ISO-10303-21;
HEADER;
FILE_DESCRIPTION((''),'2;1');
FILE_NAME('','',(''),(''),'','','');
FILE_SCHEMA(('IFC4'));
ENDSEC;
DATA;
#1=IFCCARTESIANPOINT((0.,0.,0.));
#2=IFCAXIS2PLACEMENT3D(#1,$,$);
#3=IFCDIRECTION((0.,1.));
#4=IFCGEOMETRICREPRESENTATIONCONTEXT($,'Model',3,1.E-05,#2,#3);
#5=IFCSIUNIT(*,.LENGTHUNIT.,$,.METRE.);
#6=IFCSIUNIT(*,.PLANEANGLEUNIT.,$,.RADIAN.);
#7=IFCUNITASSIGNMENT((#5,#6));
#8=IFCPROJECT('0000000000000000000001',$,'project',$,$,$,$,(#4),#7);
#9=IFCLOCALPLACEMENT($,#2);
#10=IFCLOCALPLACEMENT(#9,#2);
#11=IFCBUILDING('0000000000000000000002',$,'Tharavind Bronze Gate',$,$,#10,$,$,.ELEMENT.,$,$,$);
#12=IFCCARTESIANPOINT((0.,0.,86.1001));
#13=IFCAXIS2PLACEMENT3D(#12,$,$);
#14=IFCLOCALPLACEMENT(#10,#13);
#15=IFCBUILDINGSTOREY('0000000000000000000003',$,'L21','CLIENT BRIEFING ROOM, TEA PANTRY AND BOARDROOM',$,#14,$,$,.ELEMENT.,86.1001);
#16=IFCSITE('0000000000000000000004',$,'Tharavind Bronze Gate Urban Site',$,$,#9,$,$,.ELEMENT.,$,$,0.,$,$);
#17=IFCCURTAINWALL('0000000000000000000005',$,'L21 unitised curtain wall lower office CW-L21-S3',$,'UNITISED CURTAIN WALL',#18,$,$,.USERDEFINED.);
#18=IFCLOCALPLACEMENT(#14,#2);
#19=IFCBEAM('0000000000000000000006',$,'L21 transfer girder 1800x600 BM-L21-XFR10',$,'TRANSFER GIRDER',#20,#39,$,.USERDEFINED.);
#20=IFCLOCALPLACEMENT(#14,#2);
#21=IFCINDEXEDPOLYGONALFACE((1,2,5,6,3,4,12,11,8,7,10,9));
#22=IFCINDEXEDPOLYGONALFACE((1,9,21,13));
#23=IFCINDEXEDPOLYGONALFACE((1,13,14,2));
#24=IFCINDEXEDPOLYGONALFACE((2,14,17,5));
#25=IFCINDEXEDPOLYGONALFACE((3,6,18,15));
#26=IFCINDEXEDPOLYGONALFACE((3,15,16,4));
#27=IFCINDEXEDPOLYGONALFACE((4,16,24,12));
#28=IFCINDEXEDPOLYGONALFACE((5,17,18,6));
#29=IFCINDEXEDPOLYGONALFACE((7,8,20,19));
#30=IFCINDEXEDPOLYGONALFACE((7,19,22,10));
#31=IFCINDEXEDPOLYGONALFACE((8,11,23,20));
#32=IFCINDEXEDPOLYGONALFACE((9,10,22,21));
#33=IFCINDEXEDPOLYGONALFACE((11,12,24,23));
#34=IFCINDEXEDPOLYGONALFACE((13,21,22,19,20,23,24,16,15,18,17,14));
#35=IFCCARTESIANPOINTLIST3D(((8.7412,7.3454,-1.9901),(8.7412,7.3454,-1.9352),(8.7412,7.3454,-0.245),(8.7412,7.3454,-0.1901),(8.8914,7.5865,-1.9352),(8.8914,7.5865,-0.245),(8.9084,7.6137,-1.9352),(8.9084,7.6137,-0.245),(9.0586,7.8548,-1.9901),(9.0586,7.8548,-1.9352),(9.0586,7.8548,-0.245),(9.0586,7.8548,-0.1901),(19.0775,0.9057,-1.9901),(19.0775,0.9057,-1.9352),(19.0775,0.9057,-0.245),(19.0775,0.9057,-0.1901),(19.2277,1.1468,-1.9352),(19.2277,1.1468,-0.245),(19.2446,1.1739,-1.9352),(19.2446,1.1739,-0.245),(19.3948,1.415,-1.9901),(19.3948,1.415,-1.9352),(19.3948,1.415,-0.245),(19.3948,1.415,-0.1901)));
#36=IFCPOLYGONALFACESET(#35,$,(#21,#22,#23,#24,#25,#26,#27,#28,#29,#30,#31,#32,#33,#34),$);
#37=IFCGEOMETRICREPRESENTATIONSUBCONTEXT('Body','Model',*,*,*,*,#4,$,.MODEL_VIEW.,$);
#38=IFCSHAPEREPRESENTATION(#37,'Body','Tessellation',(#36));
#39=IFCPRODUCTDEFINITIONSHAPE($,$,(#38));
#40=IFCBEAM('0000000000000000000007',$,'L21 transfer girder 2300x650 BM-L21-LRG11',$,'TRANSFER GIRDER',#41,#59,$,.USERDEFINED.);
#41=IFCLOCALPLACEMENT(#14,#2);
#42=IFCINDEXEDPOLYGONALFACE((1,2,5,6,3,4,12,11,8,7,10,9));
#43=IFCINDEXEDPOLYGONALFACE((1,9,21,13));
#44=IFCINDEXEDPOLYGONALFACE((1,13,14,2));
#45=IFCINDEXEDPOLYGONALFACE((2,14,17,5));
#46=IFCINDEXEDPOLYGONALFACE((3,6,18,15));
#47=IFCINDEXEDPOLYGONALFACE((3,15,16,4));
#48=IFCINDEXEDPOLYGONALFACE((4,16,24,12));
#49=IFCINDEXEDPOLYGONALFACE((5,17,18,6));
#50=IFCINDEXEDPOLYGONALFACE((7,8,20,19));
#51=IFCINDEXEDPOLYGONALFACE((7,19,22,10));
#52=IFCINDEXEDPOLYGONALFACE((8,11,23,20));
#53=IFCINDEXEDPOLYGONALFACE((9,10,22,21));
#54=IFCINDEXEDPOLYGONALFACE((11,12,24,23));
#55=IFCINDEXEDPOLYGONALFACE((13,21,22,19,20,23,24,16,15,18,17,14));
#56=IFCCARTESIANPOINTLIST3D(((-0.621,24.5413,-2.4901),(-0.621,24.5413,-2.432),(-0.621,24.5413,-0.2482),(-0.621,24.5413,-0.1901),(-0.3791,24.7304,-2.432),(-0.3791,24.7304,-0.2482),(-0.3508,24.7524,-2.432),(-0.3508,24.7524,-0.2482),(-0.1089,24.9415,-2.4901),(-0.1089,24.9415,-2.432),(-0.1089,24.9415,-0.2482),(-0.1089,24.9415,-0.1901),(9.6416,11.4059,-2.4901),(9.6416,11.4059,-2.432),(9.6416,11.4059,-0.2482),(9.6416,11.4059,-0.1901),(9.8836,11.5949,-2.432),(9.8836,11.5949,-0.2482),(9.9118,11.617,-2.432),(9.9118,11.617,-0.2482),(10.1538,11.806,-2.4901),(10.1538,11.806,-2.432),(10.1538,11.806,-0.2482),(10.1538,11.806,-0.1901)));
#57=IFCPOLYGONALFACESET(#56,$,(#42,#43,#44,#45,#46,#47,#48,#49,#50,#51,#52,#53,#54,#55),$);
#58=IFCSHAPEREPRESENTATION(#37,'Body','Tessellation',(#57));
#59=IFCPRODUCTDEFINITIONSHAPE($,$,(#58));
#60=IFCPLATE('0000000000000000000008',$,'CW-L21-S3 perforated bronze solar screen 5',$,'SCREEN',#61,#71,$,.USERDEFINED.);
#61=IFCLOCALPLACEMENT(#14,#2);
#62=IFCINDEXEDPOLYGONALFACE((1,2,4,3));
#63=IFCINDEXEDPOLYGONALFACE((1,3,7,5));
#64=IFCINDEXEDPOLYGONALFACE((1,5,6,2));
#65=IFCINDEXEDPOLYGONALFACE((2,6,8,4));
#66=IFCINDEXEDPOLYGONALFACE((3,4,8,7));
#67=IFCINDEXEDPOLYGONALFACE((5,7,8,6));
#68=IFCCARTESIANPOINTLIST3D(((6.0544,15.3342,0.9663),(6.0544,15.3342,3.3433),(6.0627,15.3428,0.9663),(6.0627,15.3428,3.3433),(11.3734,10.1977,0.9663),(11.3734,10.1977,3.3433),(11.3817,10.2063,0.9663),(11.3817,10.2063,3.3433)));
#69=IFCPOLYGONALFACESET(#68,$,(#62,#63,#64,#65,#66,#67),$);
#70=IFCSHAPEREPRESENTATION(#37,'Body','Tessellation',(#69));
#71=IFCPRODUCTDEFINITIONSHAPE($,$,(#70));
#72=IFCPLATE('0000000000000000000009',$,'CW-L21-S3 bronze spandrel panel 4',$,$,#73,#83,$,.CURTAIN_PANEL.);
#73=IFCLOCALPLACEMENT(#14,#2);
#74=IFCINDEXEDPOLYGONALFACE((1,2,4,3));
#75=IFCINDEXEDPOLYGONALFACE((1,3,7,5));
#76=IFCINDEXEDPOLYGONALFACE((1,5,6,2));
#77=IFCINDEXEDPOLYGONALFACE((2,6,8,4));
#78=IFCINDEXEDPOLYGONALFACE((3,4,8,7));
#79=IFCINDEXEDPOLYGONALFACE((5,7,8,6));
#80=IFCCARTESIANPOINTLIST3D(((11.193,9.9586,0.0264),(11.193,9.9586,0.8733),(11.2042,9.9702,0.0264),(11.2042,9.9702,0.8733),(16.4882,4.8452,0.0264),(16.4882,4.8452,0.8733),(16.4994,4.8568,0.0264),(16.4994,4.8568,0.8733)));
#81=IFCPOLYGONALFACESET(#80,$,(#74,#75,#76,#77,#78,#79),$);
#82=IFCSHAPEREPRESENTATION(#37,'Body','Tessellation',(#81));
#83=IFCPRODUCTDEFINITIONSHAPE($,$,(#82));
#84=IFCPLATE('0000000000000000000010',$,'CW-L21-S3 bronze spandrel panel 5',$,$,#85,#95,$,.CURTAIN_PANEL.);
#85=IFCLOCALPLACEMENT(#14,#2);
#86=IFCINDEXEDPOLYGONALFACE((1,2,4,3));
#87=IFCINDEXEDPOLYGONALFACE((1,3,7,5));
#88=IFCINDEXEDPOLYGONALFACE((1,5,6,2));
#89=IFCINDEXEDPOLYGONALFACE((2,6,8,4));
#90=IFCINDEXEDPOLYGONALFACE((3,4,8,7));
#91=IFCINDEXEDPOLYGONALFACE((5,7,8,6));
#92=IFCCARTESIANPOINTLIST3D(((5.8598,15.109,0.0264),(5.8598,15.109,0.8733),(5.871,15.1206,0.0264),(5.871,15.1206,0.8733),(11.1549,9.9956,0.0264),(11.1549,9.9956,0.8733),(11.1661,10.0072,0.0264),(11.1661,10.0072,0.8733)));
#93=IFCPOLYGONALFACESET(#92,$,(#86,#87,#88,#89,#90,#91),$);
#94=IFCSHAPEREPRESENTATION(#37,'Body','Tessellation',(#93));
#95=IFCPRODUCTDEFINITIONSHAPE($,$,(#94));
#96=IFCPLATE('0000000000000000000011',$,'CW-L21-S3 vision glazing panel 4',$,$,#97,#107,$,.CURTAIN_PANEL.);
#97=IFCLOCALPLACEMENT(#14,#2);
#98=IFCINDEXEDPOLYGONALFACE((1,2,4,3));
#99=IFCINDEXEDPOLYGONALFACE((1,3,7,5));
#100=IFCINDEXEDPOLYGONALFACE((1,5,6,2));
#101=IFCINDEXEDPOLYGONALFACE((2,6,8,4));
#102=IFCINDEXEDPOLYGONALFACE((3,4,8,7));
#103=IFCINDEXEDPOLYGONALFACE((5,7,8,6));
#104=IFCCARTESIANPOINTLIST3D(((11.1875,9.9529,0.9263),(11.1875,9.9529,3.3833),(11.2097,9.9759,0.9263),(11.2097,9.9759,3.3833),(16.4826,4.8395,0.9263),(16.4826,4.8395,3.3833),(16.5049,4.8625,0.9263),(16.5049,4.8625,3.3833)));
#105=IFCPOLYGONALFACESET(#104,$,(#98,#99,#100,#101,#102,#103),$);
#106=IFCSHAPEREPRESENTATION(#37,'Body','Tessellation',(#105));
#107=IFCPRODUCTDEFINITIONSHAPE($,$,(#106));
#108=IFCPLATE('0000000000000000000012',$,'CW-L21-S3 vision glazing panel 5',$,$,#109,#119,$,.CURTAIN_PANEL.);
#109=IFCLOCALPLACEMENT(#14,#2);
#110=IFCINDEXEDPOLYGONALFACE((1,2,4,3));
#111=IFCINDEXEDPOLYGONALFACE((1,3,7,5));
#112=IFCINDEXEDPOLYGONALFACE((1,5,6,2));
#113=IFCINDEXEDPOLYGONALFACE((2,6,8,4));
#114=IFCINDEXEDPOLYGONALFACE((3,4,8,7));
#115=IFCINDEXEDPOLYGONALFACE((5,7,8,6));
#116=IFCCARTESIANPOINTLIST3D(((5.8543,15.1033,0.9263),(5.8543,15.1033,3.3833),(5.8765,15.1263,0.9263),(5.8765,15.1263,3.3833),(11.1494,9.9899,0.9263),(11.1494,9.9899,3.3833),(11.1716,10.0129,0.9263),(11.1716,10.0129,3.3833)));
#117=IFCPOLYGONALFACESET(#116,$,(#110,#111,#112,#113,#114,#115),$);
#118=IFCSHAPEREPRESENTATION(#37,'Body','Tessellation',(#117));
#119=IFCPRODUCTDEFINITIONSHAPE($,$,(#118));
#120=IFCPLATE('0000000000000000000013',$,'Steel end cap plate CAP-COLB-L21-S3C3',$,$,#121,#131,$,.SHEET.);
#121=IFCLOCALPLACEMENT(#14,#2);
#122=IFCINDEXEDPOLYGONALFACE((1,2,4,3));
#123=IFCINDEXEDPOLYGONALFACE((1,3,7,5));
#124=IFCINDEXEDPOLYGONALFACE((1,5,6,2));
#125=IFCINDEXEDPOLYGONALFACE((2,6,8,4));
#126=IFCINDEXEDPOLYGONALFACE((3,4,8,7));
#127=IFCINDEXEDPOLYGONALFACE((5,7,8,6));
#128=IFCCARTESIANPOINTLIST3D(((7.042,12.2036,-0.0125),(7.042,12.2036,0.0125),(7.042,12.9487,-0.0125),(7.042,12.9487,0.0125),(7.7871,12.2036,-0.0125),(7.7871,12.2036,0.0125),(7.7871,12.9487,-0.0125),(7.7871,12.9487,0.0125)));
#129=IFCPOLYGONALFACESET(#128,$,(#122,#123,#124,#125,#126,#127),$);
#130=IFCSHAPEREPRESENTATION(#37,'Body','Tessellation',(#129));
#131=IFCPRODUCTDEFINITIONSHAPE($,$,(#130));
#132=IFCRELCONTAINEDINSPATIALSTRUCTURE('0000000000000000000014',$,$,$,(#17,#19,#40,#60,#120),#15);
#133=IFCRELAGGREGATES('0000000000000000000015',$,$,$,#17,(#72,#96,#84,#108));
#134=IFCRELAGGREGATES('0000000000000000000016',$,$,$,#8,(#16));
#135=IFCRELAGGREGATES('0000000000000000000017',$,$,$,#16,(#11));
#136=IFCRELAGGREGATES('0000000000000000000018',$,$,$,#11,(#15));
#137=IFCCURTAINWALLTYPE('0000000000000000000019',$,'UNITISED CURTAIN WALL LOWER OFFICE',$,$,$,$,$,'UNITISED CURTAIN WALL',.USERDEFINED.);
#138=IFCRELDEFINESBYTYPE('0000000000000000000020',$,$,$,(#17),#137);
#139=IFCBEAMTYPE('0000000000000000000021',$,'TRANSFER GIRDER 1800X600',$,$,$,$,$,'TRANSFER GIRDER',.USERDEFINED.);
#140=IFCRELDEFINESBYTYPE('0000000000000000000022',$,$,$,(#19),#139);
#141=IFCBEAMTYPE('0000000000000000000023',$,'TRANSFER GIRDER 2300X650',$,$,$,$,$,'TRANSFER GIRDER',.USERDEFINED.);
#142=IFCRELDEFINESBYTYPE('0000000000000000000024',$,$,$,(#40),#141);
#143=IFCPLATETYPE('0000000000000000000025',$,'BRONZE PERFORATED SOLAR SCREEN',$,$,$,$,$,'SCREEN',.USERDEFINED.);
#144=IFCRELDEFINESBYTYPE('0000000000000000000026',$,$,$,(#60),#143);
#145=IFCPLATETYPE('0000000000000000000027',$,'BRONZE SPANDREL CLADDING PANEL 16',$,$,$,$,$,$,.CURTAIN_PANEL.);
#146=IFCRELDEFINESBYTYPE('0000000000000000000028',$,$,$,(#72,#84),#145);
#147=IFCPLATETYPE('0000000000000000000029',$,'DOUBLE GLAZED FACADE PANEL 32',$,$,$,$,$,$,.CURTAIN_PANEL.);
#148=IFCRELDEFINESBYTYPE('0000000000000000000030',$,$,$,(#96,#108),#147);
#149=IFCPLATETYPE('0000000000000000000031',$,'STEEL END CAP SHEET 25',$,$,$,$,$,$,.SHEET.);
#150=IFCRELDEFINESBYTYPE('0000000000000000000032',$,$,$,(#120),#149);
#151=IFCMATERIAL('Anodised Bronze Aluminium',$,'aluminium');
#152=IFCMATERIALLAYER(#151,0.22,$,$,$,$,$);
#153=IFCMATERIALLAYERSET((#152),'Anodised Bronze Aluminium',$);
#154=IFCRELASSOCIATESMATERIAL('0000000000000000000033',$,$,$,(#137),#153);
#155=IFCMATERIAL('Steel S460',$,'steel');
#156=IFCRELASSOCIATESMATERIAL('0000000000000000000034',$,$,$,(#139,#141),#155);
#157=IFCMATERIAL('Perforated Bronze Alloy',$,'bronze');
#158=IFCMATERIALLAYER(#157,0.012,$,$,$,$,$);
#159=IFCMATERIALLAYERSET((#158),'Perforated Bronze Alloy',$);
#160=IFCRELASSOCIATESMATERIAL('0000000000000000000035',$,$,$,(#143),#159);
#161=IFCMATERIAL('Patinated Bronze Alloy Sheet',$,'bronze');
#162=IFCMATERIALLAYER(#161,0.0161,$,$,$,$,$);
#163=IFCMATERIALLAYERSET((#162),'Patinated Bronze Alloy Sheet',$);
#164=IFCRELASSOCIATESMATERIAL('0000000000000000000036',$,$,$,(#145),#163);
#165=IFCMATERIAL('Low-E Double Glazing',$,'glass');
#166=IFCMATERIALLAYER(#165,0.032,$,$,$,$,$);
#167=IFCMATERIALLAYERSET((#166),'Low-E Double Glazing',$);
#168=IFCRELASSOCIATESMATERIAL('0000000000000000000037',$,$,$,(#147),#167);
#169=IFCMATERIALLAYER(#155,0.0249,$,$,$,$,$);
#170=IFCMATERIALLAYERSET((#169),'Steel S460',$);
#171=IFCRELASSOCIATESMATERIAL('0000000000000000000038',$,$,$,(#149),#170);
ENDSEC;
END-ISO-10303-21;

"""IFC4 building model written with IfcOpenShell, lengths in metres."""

from ifc_helpers import new_model, si_unit, direction, frame, origin, origin_2d, place, context, subcontext, project, spatial, rectangle, i_section, extrude, material, layer, layer_set, material_profile, profile_set, type_object, element, aggregate, save


model = new_model("IFC4")

# Units and contexts
model_context = context("Model", 3, precision=1e-05, world=origin(), true_north=direction((0.0, 1.0)))
body_context = subcontext(model_context, "Body", "Model", "MODEL_VIEW")
ifc_project = project(units=[si_unit("LENGTHUNIT", "METRE"), si_unit("PLANEANGLEUNIT", "RADIAN")], contexts=[model_context])

# Site, building, storey
site_placement = place(None, origin())
site = spatial("IfcSite", under=ifc_project, at=site_placement, Name="Tharavind Bronze Gate Urban Site", CompositionType="ELEMENT", RefElevation=0.0)
building_placement = place(site_placement, origin())
building = spatial("IfcBuilding", under=site, at=building_placement, Name="Tharavind Bronze Gate", CompositionType="ELEMENT")
storey_placement = place(building_placement, frame((0.0, 0.0, 86.1001)))
storey = spatial("IfcBuildingStorey", under=building, at=storey_placement, Name="L21", Description="CLIENT BRIEFING ROOM, TEA PANTRY AND BOARDROOM", CompositionType="ELEMENT", Elevation=86.1001)

# Shared definitions
ifc_material_1 = material(Name="Steel S460", Category="steel")

# Curtain wall
ifc_material_2 = material(Name="Anodised Bronze Aluminium", Category="aluminium")
ifc_layer_1 = layer(ifc_material_2, 0.22)
ifc_layer_set_1 = layer_set([ifc_layer_1], Name="Anodised Bronze Aluminium")
curtain_wall_type = type_object("IfcCurtainWallType", Name="UNITISED CURTAIN WALL LOWER OFFICE", ElementType="UNITISED CURTAIN WALL", PredefinedType="USERDEFINED", material=ifc_layer_set_1)
curtain_wall_placement = place(storey_placement, origin())
curtain_wall = element("IfcCurtainWall", 1, at=curtain_wall_placement, inside=storey, type_object=curtain_wall_type, Name="L21 unitised curtain wall lower office CW-L21-S3", ObjectType="UNITISED CURTAIN WALL", PredefinedType="USERDEFINED")

# Beams
ifc_material_profile_1 = material_profile(ifc_material_1, i_section(OverallWidth=0.6001, OverallDepth=1.8, WebThickness=0.032, FlangeThickness=0.0549, at=origin_2d()), Name="PG1800X600")
ifc_profile_set_1 = profile_set([ifc_material_profile_1], Name="Steel S460")
beam_type_1 = type_object("IfcBeamType", Name="TRANSFER GIRDER 1800X600", ElementType="TRANSFER GIRDER", PredefinedType="USERDEFINED", material=ifc_profile_set_1)
beam_1_placement = place(storey_placement, frame((8.8999, 7.6001, -1.0901), z_axis=(0.848751, -0.528793, 0.0), x_axis=(0.528793, 0.848751, 0.0)))
element("IfcBeam", 2, at=beam_1_placement, inside=storey, type_object=beam_type_1, Name="L21 transfer girder 1800x600 BM-L21-XFR10", ObjectType="TRANSFER GIRDER", PredefinedType="USERDEFINED", context=body_context, shape_type="SweptSolid", body=[
    extrude(i_section(OverallWidth=0.6001, OverallDepth=1.8, WebThickness=0.032, FlangeThickness=0.0549, at=origin_2d()), origin(), (0.0, 0.0, 1.0), 12.1782),
])
ifc_material_profile_2 = material_profile(ifc_material_1, i_section(OverallWidth=0.6499, OverallDepth=2.3, WebThickness=0.0359, FlangeThickness=0.0581, at=origin_2d()), Name="PG2300X650")
ifc_profile_set_2 = profile_set([ifc_material_profile_2], Name="Steel S460")
beam_type_2 = type_object("IfcBeamType", Name="TRANSFER GIRDER 2300X650", ElementType="TRANSFER GIRDER", PredefinedType="USERDEFINED", material=ifc_profile_set_2)
beam_2_placement = place(storey_placement, frame((9.8977, 11.606, -1.3401), z_axis=(-0.615666, 0.788007, 0.0), x_axis=(-0.788007, -0.615666, 0.0)))
element("IfcBeam", 3, at=beam_2_placement, inside=storey, type_object=beam_type_2, Name="L21 transfer girder 2300x650 BM-L21-LRG11", ObjectType="TRANSFER GIRDER", PredefinedType="USERDEFINED", context=body_context, shape_type="SweptSolid", body=[
    extrude(i_section(OverallWidth=0.6499, OverallDepth=2.3, WebThickness=0.0359, FlangeThickness=0.0581, at=origin_2d()), origin(), (0.0, 0.0, 1.0), 16.6692),
])

# Plates
ifc_material_3 = material(Name="Perforated Bronze Alloy", Category="bronze")
ifc_layer_2 = layer(ifc_material_3, 0.012)
ifc_layer_set_2 = layer_set([ifc_layer_2], Name="Perforated Bronze Alloy")
plate_type_1 = type_object("IfcPlateType", Name="BRONZE PERFORATED SOLAR SCREEN", ElementType="SCREEN", PredefinedType="USERDEFINED", material=ifc_layer_set_2)
plate_1_placement = place(storey_placement, frame((8.718, 12.7703, 0.9663), z_axis=(0.0, 0.0, 1.0), x_axis=(-0.719341, 0.694657, 0.0)))
element("IfcPlate", 4, at=plate_1_placement, inside=storey, type_object=plate_type_1, Name="CW-L21-S3 perforated bronze solar screen 5", ObjectType="SCREEN", PredefinedType="USERDEFINED", context=body_context, shape_type="SweptSolid", body=[
    extrude(rectangle(XDim=7.3943, YDim=0.012, at=origin_2d()), origin(), (0.0, 0.0, 1.0), 2.377),
])
ifc_material_4 = material(Name="Patinated Bronze Alloy Sheet", Category="bronze")
ifc_layer_3 = layer(ifc_material_4, 0.0161)
ifc_layer_set_3 = layer_set([ifc_layer_3], Name="Patinated Bronze Alloy Sheet")
plate_type_2 = type_object("IfcPlateType", Name="BRONZE SPANDREL CLADDING PANEL 16", PredefinedType="CURTAIN_PANEL", material=ifc_layer_set_3)
plate_2_placement = place(storey_placement, frame((13.8462, 7.4077, 0.0264), z_axis=(0.0, 0.0, 1.0), x_axis=(-0.719341, 0.694657, 0.0)))
plate_2 = element("IfcPlate", 5, at=plate_2_placement, type_object=plate_type_2, Name="CW-L21-S3 bronze spandrel panel 4", PredefinedType="CURTAIN_PANEL", context=body_context, shape_type="SweptSolid", body=[
    extrude(rectangle(XDim=7.3611, YDim=0.0161, at=origin_2d()), origin(), (0.0, 0.0, 1.0), 0.8469),
])
plate_3_placement = place(storey_placement, frame((8.5129, 12.5581, 0.0264), z_axis=(0.0, 0.0, 1.0), x_axis=(-0.719341, 0.694657, 0.0)))
plate_3 = element("IfcPlate", 6, at=plate_3_placement, type_object=plate_type_2, Name="CW-L21-S3 bronze spandrel panel 5", PredefinedType="CURTAIN_PANEL", context=body_context, shape_type="SweptSolid", body=[
    extrude(rectangle(XDim=7.3611, YDim=0.0161, at=origin_2d()), origin(), (0.0, 0.0, 1.0), 0.8469),
])
ifc_material_5 = material(Name="Low-E Double Glazing", Category="glass")
ifc_layer_4 = layer(ifc_material_5, 0.032)
ifc_layer_set_4 = layer_set([ifc_layer_4], Name="Low-E Double Glazing")
plate_type_3 = type_object("IfcPlateType", Name="DOUBLE GLAZED FACADE PANEL 32", PredefinedType="CURTAIN_PANEL", material=ifc_layer_set_4)
plate_4_placement = place(storey_placement, frame((13.8462, 7.4077, 0.9263), z_axis=(0.0, 0.0, 1.0), x_axis=(-0.719341, 0.694657, 0.0)))
plate_4 = element("IfcPlate", 7, at=plate_4_placement, type_object=plate_type_3, Name="CW-L21-S3 vision glazing panel 4", PredefinedType="CURTAIN_PANEL", context=body_context, shape_type="SweptSolid", body=[
    extrude(rectangle(XDim=7.3611, YDim=0.032, at=origin_2d()), origin(), (0.0, 0.0, 1.0), 2.457),
])
plate_5_placement = place(storey_placement, frame((8.5129, 12.5581, 0.9263), z_axis=(0.0, 0.0, 1.0), x_axis=(-0.719341, 0.694657, 0.0)))
plate_5 = element("IfcPlate", 8, at=plate_5_placement, type_object=plate_type_3, Name="CW-L21-S3 vision glazing panel 5", PredefinedType="CURTAIN_PANEL", context=body_context, shape_type="SweptSolid", body=[
    extrude(rectangle(XDim=7.3611, YDim=0.032, at=origin_2d()), origin(), (0.0, 0.0, 1.0), 2.457),
])
aggregate(curtain_wall, [plate_2, plate_4, plate_3, plate_5])
ifc_layer_5 = layer(ifc_material_1, 0.0249)
ifc_layer_set_5 = layer_set([ifc_layer_5], Name="Steel S460")
plate_type_4 = type_object("IfcPlateType", Name="STEEL END CAP SHEET 25", PredefinedType="SHEET", material=ifc_layer_set_5)
plate_6_placement = place(storey_placement, frame((7.4146, 12.5762, -0.0125), z_axis=(0.0, 0.0, 1.0), x_axis=(1.0, 0.0, 0.0)))
element("IfcPlate", 9, at=plate_6_placement, inside=storey, type_object=plate_type_4, Name="Steel end cap plate CAP-COLB-L21-S3C3", PredefinedType="SHEET", context=body_context, shape_type="SweptSolid", body=[
    extrude(rectangle(XDim=0.7451, YDim=0.7451, at=origin_2d()), origin(), (0.0, 0.0, 1.0), 0.0249),
])

save(model, "model.ifc")
